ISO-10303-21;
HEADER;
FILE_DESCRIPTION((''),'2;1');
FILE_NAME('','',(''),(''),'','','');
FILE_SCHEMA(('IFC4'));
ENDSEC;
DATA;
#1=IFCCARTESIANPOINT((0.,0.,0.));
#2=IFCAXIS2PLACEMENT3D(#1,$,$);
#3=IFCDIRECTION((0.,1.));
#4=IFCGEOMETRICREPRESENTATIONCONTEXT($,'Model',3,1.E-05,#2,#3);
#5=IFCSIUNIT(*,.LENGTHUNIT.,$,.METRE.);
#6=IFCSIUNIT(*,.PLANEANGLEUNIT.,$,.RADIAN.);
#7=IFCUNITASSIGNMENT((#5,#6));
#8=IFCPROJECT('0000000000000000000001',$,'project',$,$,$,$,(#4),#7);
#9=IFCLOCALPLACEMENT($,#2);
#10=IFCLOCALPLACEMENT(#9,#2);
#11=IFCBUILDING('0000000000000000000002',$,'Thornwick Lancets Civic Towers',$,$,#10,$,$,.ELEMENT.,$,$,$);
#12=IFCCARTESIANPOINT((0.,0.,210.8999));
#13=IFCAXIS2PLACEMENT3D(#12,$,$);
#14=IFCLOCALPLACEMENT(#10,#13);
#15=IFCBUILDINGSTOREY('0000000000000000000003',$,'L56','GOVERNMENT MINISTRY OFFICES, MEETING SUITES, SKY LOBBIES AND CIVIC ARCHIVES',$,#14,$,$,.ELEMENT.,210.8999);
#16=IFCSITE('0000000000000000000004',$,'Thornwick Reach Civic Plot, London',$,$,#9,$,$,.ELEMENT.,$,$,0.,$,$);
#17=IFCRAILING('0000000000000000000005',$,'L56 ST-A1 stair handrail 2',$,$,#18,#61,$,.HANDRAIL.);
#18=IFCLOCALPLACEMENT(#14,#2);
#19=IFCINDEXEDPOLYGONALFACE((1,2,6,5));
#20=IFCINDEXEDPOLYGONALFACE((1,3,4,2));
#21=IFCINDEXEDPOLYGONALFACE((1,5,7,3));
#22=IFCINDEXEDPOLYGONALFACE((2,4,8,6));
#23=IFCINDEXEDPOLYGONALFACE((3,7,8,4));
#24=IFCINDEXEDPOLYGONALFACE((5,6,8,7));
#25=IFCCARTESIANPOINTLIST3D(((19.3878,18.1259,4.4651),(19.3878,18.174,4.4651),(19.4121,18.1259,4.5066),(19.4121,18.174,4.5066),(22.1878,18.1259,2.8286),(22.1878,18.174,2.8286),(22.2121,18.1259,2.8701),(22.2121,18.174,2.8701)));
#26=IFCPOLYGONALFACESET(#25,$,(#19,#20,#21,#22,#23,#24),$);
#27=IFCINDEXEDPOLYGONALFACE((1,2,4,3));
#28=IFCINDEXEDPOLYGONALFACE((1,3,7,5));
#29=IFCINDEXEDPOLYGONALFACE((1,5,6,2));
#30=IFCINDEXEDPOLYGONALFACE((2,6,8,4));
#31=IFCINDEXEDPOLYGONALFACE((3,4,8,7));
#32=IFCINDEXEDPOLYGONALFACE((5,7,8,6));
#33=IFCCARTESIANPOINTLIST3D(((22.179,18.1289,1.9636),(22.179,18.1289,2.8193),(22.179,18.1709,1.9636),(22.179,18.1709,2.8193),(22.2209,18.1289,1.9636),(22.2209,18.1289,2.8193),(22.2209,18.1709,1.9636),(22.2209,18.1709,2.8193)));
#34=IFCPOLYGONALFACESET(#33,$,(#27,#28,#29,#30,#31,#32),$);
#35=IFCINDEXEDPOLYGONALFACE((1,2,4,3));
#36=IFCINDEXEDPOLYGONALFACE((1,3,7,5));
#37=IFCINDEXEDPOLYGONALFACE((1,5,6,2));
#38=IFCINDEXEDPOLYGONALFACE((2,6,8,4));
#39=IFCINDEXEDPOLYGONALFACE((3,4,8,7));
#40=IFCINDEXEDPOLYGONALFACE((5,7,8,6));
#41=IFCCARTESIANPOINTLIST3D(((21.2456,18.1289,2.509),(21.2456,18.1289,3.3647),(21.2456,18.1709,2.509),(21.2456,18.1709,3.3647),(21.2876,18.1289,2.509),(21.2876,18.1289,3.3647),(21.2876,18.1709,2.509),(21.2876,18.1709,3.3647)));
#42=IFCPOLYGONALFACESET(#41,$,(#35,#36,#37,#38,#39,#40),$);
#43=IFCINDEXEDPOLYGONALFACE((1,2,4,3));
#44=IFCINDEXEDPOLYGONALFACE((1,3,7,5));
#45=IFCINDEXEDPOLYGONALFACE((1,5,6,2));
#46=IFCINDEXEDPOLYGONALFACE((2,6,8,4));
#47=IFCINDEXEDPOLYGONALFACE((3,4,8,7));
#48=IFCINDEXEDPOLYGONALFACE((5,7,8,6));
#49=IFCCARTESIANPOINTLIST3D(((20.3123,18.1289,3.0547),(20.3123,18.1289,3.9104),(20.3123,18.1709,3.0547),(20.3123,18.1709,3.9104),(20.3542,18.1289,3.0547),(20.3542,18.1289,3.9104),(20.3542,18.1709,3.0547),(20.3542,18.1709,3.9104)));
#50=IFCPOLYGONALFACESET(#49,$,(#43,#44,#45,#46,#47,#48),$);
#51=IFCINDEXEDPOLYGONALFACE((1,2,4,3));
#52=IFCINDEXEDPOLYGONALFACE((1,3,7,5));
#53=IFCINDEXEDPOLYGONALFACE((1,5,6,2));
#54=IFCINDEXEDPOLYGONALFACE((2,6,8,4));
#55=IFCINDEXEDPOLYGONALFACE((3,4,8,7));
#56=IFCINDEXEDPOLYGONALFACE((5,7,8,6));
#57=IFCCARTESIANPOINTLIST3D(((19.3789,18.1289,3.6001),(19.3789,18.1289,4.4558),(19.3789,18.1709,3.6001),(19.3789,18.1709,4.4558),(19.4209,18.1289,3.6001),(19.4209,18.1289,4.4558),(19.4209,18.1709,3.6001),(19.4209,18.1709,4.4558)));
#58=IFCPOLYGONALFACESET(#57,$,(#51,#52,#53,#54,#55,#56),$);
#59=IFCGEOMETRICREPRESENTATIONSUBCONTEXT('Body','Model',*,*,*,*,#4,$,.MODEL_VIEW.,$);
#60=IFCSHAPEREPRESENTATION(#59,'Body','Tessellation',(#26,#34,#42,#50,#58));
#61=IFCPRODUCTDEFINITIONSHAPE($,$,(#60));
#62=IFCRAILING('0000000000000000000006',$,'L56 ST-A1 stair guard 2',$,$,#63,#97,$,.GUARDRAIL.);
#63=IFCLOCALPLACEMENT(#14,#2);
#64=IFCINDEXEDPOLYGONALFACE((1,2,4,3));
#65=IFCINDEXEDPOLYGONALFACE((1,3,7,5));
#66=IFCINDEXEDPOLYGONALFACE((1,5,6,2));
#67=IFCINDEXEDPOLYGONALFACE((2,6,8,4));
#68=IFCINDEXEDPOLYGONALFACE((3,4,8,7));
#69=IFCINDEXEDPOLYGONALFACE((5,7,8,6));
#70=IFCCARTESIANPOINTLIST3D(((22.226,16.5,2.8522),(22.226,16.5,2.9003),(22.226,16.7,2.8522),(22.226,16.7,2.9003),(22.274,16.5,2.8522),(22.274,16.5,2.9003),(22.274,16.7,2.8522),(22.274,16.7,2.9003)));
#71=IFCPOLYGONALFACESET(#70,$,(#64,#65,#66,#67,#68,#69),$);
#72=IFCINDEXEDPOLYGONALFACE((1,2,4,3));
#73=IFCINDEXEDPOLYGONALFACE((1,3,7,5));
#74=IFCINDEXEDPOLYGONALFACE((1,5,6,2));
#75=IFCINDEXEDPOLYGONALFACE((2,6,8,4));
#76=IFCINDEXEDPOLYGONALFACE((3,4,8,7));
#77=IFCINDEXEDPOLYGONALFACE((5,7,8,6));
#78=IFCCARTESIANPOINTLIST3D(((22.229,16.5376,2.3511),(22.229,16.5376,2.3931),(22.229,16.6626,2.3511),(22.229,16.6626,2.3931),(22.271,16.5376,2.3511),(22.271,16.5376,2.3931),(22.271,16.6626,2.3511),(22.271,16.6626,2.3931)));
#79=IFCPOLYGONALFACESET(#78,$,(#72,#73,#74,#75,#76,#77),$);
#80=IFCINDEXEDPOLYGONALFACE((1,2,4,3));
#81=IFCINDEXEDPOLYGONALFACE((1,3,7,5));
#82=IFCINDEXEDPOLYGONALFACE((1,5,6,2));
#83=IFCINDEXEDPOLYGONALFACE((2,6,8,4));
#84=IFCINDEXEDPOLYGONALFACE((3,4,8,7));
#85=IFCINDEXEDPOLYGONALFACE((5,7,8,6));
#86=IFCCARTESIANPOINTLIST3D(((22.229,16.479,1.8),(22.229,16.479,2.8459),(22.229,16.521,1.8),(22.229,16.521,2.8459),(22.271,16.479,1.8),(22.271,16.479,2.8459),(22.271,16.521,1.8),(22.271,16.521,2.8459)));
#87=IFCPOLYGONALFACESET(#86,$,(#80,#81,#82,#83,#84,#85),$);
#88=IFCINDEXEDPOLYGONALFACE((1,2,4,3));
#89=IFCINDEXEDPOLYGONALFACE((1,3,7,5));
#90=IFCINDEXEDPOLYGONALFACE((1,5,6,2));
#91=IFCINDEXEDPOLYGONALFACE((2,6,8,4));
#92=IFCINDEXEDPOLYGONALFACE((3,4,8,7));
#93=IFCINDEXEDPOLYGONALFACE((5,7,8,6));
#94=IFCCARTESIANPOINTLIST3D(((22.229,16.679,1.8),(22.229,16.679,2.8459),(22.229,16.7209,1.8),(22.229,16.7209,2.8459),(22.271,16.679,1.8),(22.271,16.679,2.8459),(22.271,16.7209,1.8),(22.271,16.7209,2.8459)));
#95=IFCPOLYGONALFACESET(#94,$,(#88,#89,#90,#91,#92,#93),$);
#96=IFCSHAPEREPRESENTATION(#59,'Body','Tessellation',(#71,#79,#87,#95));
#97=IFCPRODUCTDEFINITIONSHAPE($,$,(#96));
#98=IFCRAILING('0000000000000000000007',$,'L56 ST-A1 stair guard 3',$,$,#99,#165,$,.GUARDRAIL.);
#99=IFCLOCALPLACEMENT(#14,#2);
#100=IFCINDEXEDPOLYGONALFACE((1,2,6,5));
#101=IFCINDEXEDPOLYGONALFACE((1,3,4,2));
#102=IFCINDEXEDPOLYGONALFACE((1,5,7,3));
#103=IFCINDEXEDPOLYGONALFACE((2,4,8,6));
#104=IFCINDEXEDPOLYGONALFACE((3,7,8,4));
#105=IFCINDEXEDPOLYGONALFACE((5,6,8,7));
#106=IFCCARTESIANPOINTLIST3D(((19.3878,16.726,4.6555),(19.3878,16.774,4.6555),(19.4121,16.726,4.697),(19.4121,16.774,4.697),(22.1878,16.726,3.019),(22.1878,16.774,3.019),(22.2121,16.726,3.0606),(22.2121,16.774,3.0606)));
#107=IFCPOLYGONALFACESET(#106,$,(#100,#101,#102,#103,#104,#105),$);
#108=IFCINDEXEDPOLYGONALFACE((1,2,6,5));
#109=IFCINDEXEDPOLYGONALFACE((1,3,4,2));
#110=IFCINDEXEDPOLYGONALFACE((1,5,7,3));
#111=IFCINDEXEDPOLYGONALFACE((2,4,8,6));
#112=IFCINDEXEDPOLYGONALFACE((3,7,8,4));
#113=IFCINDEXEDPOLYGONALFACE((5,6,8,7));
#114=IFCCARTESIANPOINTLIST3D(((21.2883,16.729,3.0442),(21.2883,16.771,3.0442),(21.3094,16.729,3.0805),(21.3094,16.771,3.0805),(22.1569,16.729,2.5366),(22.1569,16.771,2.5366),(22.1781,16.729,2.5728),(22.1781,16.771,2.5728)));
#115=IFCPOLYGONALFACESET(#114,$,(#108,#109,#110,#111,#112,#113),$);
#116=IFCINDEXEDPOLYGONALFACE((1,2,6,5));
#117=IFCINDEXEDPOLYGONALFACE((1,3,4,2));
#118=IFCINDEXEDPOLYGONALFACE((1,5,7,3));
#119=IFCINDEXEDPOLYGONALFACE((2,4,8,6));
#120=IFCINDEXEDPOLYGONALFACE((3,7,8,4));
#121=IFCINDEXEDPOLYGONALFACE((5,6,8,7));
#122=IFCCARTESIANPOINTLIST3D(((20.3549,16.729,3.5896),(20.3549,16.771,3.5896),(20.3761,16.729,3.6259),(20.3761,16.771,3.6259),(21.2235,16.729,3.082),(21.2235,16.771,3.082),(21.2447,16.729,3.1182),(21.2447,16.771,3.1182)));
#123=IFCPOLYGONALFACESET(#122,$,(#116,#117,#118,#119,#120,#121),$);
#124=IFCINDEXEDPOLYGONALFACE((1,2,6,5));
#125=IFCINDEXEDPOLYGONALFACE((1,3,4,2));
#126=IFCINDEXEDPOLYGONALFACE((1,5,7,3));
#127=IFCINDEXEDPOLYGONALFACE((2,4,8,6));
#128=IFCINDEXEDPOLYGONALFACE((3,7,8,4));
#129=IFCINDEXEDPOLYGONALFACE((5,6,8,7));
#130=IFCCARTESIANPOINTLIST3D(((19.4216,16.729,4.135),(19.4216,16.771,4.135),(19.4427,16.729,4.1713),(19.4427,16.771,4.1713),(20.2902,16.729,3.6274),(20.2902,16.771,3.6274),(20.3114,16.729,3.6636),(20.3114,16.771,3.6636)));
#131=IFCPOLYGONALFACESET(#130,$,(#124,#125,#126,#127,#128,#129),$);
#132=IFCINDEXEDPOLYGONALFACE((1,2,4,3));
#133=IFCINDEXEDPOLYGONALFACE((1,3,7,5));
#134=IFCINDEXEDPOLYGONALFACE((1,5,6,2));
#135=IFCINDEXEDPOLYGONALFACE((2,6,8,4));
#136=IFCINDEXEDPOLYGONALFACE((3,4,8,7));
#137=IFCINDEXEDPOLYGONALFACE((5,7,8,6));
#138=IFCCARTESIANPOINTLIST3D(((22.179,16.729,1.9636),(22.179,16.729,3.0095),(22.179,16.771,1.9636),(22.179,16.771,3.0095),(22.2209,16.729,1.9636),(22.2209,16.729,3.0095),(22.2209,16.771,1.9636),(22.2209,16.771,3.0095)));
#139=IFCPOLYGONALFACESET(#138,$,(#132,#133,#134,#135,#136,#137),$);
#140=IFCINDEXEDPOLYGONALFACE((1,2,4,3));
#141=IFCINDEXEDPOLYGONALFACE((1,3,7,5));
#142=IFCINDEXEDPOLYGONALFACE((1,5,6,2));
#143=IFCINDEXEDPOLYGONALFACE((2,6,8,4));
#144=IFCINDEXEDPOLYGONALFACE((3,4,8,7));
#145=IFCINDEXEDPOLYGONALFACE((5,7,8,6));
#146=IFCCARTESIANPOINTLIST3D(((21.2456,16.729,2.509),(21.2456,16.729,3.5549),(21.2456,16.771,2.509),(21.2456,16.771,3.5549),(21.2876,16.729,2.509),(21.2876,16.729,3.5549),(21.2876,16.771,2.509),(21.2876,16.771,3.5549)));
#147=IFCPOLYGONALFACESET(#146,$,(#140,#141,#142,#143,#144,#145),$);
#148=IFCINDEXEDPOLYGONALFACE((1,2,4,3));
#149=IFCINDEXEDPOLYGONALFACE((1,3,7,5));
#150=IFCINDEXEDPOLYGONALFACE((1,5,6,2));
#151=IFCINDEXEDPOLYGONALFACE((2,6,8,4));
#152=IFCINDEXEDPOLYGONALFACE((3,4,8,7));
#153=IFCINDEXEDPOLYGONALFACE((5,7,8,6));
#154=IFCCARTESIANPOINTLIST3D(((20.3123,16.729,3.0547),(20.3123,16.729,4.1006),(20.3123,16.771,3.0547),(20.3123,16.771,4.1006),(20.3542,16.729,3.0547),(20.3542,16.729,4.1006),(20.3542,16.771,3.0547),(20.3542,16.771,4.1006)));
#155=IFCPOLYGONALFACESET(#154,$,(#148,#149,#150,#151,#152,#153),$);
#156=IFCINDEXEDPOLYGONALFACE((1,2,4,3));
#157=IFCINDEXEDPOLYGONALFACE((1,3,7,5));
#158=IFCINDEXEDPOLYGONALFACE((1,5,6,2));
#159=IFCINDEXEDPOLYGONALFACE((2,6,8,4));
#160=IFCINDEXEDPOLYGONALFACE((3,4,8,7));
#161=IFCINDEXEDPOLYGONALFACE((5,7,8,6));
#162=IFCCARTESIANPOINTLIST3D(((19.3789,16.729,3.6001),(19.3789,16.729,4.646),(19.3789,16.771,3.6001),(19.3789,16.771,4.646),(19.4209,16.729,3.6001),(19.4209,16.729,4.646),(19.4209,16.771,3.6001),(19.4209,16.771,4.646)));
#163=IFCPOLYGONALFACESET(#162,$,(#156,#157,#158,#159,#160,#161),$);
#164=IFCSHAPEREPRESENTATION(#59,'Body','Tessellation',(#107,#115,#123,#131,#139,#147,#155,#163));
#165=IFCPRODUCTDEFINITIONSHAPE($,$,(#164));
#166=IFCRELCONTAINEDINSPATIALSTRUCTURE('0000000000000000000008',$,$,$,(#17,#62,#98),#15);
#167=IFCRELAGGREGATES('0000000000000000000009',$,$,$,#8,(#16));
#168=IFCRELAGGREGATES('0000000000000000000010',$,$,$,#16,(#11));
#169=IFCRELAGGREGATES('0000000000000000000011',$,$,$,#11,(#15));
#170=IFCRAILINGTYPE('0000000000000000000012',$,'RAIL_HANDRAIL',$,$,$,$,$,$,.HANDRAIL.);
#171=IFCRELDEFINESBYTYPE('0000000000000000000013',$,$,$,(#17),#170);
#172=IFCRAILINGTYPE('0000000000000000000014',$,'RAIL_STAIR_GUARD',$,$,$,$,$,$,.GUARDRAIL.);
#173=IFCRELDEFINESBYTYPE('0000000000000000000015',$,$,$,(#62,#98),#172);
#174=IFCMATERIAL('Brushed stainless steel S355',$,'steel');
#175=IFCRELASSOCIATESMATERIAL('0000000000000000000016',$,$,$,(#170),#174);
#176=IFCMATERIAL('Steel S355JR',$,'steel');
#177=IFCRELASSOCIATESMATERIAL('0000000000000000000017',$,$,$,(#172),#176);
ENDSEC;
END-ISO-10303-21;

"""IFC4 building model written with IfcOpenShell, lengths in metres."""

from ifc_helpers import new_model, si_unit, direction, frame, origin, origin_2d, place, context, subcontext, project, spatial, rectangle, extrude, material, type_object, element, save


model = new_model("IFC4")

# Units and contexts
model_context = context("Model", 3, precision=1e-05, world=origin(), true_north=direction((0.0, 1.0)))
body_context = subcontext(model_context, "Body", "Model", "MODEL_VIEW")
ifc_project = project(units=[si_unit("LENGTHUNIT", "METRE"), si_unit("PLANEANGLEUNIT", "RADIAN")], contexts=[model_context])

# Site, building, storey
site_placement = place(None, origin())
site = spatial("IfcSite", under=ifc_project, at=site_placement, Name="Thornwick Reach Civic Plot, London", CompositionType="ELEMENT", RefElevation=0.0)
building_placement = place(site_placement, origin())
building = spatial("IfcBuilding", under=site, at=building_placement, Name="Thornwick Lancets Civic Towers", CompositionType="ELEMENT")
storey_placement = place(building_placement, frame((0.0, 0.0, 210.8999)))
storey = spatial("IfcBuildingStorey", under=building, at=storey_placement, Name="L56", Description="GOVERNMENT MINISTRY OFFICES, MEETING SUITES, SKY LOBBIES AND CIVIC ARCHIVES", CompositionType="ELEMENT", Elevation=210.8999)

# Shared definitions
ifc_material_1 = material(Name="Steel S355JR", Category="steel")

# Railings
ifc_material_2 = material(Name="Brushed stainless steel S355", Category="steel")
railing_type_1 = type_object("IfcRailingType", Name="RAIL_HANDRAIL", PredefinedType="HANDRAIL", material=ifc_material_2)
railing_1_placement = place(storey_placement, frame((22.2, 18.1499, 1.9636)))
element("IfcRailing", 1, at=railing_1_placement, inside=storey, type_object=railing_type_1, Name="L56 ST-A1 stair handrail 2", PredefinedType="HANDRAIL", context=body_context, shape_type="SweptSolid", body=[
    extrude(rectangle(XDim=0.0481, YDim=0.0481, at=origin_2d()), frame((0.0, 0.0, 0.8857), z_axis=(-0.863361, 0.0, 0.504587), x_axis=(0.0, -1.0, 0.0)), (0.0, 0.0, 1.0), 3.2432),
    extrude(rectangle(XDim=0.042, YDim=0.042, at=origin_2d()), origin(), (0.0, 0.0, 1.0), 0.8557),
    extrude(rectangle(XDim=0.042, YDim=0.042, at=origin_2d()), frame((-0.9333, 0.0, 0.5454)), (0.0, 0.0, 1.0), 0.8557),
    extrude(rectangle(XDim=0.042, YDim=0.042, at=origin_2d()), frame((-1.8667, 0.0, 1.0911)), (0.0, 0.0, 1.0), 0.8557),
    extrude(rectangle(XDim=0.042, YDim=0.042, at=origin_2d()), frame((-2.8, 0.0, 1.6365)), (0.0, 0.0, 1.0), 0.8557),
])
railing_type_2 = type_object("IfcRailingType", Name="RAIL_STAIR_GUARD", PredefinedType="GUARDRAIL", material=ifc_material_1)
railing_2_placement = place(storey_placement, frame((22.25, 16.5, 1.8)))
element("IfcRailing", 2, at=railing_2_placement, inside=storey, type_object=railing_type_2, Name="L56 ST-A1 stair guard 2", PredefinedType="GUARDRAIL", context=body_context, shape_type="SweptSolid", body=[
    extrude(rectangle(XDim=0.0481, YDim=0.0481, at=origin_2d()), frame((0.0, 0.0, 1.0762), z_axis=(0.0, 1.0, 0.0), x_axis=(-1.0, 0.0, 0.0)), (0.0, 0.0, 1.0), 0.2),
    extrude(rectangle(XDim=0.042, YDim=0.042, at=origin_2d()), frame((0.0, 0.0376, 0.572), z_axis=(0.0, 1.0, 0.0), x_axis=(-1.0, 0.0, 0.0)), (0.0, 0.0, 1.0), 0.125),
    extrude(rectangle(XDim=0.042, YDim=0.042, at=origin_2d()), origin(), (0.0, 0.0, 1.0), 1.0459),
    extrude(rectangle(XDim=0.042, YDim=0.042, at=origin_2d()), frame((0.0, 0.2, 0.0)), (0.0, 0.0, 1.0), 1.0459),
])
railing_3_placement = place(storey_placement, frame((22.2, 16.75, 1.9636)))
element("IfcRailing", 3, at=railing_3_placement, inside=storey, type_object=railing_type_2, Name="L56 ST-A1 stair guard 3", PredefinedType="GUARDRAIL", context=body_context, shape_type="SweptSolid", body=[
    extrude(rectangle(XDim=0.0481, YDim=0.0481, at=origin_2d()), frame((0.0, 0.0, 1.0762), z_axis=(-0.863361, 0.0, 0.504587), x_axis=(0.0, -1.0, 0.0)), (0.0, 0.0, 1.0), 3.2432),
    extrude(rectangle(XDim=0.042, YDim=0.042, at=origin_2d()), frame((-0.0325, 0.0, 0.5911), z_axis=(-0.863361, 0.0, 0.504587), x_axis=(0.0, -1.0, 0.0)), (0.0, 0.0, 1.0), 1.0061),
    extrude(rectangle(XDim=0.042, YDim=0.042, at=origin_2d()), frame((-0.9658, 0.0, 1.1365), z_axis=(-0.863361, 0.0, 0.504587), x_axis=(0.0, -1.0, 0.0)), (0.0, 0.0, 1.0), 1.0061),
    extrude(rectangle(XDim=0.042, YDim=0.042, at=origin_2d()), frame((-1.8992, 0.0, 1.6819), z_axis=(-0.863361, 0.0, 0.504587), x_axis=(0.0, -1.0, 0.0)), (0.0, 0.0, 1.0), 1.0061),
    extrude(rectangle(XDim=0.042, YDim=0.042, at=origin_2d()), origin(), (0.0, 0.0, 1.0), 1.0459),
    extrude(rectangle(XDim=0.042, YDim=0.042, at=origin_2d()), frame((-0.9333, 0.0, 0.5454)), (0.0, 0.0, 1.0), 1.0459),
    extrude(rectangle(XDim=0.042, YDim=0.042, at=origin_2d()), frame((-1.8667, 0.0, 1.0911)), (0.0, 0.0, 1.0), 1.0459),
    extrude(rectangle(XDim=0.042, YDim=0.042, at=origin_2d()), frame((-2.8, 0.0, 1.6365)), (0.0, 0.0, 1.0), 1.0459),
])

save(model, "model.ifc")
